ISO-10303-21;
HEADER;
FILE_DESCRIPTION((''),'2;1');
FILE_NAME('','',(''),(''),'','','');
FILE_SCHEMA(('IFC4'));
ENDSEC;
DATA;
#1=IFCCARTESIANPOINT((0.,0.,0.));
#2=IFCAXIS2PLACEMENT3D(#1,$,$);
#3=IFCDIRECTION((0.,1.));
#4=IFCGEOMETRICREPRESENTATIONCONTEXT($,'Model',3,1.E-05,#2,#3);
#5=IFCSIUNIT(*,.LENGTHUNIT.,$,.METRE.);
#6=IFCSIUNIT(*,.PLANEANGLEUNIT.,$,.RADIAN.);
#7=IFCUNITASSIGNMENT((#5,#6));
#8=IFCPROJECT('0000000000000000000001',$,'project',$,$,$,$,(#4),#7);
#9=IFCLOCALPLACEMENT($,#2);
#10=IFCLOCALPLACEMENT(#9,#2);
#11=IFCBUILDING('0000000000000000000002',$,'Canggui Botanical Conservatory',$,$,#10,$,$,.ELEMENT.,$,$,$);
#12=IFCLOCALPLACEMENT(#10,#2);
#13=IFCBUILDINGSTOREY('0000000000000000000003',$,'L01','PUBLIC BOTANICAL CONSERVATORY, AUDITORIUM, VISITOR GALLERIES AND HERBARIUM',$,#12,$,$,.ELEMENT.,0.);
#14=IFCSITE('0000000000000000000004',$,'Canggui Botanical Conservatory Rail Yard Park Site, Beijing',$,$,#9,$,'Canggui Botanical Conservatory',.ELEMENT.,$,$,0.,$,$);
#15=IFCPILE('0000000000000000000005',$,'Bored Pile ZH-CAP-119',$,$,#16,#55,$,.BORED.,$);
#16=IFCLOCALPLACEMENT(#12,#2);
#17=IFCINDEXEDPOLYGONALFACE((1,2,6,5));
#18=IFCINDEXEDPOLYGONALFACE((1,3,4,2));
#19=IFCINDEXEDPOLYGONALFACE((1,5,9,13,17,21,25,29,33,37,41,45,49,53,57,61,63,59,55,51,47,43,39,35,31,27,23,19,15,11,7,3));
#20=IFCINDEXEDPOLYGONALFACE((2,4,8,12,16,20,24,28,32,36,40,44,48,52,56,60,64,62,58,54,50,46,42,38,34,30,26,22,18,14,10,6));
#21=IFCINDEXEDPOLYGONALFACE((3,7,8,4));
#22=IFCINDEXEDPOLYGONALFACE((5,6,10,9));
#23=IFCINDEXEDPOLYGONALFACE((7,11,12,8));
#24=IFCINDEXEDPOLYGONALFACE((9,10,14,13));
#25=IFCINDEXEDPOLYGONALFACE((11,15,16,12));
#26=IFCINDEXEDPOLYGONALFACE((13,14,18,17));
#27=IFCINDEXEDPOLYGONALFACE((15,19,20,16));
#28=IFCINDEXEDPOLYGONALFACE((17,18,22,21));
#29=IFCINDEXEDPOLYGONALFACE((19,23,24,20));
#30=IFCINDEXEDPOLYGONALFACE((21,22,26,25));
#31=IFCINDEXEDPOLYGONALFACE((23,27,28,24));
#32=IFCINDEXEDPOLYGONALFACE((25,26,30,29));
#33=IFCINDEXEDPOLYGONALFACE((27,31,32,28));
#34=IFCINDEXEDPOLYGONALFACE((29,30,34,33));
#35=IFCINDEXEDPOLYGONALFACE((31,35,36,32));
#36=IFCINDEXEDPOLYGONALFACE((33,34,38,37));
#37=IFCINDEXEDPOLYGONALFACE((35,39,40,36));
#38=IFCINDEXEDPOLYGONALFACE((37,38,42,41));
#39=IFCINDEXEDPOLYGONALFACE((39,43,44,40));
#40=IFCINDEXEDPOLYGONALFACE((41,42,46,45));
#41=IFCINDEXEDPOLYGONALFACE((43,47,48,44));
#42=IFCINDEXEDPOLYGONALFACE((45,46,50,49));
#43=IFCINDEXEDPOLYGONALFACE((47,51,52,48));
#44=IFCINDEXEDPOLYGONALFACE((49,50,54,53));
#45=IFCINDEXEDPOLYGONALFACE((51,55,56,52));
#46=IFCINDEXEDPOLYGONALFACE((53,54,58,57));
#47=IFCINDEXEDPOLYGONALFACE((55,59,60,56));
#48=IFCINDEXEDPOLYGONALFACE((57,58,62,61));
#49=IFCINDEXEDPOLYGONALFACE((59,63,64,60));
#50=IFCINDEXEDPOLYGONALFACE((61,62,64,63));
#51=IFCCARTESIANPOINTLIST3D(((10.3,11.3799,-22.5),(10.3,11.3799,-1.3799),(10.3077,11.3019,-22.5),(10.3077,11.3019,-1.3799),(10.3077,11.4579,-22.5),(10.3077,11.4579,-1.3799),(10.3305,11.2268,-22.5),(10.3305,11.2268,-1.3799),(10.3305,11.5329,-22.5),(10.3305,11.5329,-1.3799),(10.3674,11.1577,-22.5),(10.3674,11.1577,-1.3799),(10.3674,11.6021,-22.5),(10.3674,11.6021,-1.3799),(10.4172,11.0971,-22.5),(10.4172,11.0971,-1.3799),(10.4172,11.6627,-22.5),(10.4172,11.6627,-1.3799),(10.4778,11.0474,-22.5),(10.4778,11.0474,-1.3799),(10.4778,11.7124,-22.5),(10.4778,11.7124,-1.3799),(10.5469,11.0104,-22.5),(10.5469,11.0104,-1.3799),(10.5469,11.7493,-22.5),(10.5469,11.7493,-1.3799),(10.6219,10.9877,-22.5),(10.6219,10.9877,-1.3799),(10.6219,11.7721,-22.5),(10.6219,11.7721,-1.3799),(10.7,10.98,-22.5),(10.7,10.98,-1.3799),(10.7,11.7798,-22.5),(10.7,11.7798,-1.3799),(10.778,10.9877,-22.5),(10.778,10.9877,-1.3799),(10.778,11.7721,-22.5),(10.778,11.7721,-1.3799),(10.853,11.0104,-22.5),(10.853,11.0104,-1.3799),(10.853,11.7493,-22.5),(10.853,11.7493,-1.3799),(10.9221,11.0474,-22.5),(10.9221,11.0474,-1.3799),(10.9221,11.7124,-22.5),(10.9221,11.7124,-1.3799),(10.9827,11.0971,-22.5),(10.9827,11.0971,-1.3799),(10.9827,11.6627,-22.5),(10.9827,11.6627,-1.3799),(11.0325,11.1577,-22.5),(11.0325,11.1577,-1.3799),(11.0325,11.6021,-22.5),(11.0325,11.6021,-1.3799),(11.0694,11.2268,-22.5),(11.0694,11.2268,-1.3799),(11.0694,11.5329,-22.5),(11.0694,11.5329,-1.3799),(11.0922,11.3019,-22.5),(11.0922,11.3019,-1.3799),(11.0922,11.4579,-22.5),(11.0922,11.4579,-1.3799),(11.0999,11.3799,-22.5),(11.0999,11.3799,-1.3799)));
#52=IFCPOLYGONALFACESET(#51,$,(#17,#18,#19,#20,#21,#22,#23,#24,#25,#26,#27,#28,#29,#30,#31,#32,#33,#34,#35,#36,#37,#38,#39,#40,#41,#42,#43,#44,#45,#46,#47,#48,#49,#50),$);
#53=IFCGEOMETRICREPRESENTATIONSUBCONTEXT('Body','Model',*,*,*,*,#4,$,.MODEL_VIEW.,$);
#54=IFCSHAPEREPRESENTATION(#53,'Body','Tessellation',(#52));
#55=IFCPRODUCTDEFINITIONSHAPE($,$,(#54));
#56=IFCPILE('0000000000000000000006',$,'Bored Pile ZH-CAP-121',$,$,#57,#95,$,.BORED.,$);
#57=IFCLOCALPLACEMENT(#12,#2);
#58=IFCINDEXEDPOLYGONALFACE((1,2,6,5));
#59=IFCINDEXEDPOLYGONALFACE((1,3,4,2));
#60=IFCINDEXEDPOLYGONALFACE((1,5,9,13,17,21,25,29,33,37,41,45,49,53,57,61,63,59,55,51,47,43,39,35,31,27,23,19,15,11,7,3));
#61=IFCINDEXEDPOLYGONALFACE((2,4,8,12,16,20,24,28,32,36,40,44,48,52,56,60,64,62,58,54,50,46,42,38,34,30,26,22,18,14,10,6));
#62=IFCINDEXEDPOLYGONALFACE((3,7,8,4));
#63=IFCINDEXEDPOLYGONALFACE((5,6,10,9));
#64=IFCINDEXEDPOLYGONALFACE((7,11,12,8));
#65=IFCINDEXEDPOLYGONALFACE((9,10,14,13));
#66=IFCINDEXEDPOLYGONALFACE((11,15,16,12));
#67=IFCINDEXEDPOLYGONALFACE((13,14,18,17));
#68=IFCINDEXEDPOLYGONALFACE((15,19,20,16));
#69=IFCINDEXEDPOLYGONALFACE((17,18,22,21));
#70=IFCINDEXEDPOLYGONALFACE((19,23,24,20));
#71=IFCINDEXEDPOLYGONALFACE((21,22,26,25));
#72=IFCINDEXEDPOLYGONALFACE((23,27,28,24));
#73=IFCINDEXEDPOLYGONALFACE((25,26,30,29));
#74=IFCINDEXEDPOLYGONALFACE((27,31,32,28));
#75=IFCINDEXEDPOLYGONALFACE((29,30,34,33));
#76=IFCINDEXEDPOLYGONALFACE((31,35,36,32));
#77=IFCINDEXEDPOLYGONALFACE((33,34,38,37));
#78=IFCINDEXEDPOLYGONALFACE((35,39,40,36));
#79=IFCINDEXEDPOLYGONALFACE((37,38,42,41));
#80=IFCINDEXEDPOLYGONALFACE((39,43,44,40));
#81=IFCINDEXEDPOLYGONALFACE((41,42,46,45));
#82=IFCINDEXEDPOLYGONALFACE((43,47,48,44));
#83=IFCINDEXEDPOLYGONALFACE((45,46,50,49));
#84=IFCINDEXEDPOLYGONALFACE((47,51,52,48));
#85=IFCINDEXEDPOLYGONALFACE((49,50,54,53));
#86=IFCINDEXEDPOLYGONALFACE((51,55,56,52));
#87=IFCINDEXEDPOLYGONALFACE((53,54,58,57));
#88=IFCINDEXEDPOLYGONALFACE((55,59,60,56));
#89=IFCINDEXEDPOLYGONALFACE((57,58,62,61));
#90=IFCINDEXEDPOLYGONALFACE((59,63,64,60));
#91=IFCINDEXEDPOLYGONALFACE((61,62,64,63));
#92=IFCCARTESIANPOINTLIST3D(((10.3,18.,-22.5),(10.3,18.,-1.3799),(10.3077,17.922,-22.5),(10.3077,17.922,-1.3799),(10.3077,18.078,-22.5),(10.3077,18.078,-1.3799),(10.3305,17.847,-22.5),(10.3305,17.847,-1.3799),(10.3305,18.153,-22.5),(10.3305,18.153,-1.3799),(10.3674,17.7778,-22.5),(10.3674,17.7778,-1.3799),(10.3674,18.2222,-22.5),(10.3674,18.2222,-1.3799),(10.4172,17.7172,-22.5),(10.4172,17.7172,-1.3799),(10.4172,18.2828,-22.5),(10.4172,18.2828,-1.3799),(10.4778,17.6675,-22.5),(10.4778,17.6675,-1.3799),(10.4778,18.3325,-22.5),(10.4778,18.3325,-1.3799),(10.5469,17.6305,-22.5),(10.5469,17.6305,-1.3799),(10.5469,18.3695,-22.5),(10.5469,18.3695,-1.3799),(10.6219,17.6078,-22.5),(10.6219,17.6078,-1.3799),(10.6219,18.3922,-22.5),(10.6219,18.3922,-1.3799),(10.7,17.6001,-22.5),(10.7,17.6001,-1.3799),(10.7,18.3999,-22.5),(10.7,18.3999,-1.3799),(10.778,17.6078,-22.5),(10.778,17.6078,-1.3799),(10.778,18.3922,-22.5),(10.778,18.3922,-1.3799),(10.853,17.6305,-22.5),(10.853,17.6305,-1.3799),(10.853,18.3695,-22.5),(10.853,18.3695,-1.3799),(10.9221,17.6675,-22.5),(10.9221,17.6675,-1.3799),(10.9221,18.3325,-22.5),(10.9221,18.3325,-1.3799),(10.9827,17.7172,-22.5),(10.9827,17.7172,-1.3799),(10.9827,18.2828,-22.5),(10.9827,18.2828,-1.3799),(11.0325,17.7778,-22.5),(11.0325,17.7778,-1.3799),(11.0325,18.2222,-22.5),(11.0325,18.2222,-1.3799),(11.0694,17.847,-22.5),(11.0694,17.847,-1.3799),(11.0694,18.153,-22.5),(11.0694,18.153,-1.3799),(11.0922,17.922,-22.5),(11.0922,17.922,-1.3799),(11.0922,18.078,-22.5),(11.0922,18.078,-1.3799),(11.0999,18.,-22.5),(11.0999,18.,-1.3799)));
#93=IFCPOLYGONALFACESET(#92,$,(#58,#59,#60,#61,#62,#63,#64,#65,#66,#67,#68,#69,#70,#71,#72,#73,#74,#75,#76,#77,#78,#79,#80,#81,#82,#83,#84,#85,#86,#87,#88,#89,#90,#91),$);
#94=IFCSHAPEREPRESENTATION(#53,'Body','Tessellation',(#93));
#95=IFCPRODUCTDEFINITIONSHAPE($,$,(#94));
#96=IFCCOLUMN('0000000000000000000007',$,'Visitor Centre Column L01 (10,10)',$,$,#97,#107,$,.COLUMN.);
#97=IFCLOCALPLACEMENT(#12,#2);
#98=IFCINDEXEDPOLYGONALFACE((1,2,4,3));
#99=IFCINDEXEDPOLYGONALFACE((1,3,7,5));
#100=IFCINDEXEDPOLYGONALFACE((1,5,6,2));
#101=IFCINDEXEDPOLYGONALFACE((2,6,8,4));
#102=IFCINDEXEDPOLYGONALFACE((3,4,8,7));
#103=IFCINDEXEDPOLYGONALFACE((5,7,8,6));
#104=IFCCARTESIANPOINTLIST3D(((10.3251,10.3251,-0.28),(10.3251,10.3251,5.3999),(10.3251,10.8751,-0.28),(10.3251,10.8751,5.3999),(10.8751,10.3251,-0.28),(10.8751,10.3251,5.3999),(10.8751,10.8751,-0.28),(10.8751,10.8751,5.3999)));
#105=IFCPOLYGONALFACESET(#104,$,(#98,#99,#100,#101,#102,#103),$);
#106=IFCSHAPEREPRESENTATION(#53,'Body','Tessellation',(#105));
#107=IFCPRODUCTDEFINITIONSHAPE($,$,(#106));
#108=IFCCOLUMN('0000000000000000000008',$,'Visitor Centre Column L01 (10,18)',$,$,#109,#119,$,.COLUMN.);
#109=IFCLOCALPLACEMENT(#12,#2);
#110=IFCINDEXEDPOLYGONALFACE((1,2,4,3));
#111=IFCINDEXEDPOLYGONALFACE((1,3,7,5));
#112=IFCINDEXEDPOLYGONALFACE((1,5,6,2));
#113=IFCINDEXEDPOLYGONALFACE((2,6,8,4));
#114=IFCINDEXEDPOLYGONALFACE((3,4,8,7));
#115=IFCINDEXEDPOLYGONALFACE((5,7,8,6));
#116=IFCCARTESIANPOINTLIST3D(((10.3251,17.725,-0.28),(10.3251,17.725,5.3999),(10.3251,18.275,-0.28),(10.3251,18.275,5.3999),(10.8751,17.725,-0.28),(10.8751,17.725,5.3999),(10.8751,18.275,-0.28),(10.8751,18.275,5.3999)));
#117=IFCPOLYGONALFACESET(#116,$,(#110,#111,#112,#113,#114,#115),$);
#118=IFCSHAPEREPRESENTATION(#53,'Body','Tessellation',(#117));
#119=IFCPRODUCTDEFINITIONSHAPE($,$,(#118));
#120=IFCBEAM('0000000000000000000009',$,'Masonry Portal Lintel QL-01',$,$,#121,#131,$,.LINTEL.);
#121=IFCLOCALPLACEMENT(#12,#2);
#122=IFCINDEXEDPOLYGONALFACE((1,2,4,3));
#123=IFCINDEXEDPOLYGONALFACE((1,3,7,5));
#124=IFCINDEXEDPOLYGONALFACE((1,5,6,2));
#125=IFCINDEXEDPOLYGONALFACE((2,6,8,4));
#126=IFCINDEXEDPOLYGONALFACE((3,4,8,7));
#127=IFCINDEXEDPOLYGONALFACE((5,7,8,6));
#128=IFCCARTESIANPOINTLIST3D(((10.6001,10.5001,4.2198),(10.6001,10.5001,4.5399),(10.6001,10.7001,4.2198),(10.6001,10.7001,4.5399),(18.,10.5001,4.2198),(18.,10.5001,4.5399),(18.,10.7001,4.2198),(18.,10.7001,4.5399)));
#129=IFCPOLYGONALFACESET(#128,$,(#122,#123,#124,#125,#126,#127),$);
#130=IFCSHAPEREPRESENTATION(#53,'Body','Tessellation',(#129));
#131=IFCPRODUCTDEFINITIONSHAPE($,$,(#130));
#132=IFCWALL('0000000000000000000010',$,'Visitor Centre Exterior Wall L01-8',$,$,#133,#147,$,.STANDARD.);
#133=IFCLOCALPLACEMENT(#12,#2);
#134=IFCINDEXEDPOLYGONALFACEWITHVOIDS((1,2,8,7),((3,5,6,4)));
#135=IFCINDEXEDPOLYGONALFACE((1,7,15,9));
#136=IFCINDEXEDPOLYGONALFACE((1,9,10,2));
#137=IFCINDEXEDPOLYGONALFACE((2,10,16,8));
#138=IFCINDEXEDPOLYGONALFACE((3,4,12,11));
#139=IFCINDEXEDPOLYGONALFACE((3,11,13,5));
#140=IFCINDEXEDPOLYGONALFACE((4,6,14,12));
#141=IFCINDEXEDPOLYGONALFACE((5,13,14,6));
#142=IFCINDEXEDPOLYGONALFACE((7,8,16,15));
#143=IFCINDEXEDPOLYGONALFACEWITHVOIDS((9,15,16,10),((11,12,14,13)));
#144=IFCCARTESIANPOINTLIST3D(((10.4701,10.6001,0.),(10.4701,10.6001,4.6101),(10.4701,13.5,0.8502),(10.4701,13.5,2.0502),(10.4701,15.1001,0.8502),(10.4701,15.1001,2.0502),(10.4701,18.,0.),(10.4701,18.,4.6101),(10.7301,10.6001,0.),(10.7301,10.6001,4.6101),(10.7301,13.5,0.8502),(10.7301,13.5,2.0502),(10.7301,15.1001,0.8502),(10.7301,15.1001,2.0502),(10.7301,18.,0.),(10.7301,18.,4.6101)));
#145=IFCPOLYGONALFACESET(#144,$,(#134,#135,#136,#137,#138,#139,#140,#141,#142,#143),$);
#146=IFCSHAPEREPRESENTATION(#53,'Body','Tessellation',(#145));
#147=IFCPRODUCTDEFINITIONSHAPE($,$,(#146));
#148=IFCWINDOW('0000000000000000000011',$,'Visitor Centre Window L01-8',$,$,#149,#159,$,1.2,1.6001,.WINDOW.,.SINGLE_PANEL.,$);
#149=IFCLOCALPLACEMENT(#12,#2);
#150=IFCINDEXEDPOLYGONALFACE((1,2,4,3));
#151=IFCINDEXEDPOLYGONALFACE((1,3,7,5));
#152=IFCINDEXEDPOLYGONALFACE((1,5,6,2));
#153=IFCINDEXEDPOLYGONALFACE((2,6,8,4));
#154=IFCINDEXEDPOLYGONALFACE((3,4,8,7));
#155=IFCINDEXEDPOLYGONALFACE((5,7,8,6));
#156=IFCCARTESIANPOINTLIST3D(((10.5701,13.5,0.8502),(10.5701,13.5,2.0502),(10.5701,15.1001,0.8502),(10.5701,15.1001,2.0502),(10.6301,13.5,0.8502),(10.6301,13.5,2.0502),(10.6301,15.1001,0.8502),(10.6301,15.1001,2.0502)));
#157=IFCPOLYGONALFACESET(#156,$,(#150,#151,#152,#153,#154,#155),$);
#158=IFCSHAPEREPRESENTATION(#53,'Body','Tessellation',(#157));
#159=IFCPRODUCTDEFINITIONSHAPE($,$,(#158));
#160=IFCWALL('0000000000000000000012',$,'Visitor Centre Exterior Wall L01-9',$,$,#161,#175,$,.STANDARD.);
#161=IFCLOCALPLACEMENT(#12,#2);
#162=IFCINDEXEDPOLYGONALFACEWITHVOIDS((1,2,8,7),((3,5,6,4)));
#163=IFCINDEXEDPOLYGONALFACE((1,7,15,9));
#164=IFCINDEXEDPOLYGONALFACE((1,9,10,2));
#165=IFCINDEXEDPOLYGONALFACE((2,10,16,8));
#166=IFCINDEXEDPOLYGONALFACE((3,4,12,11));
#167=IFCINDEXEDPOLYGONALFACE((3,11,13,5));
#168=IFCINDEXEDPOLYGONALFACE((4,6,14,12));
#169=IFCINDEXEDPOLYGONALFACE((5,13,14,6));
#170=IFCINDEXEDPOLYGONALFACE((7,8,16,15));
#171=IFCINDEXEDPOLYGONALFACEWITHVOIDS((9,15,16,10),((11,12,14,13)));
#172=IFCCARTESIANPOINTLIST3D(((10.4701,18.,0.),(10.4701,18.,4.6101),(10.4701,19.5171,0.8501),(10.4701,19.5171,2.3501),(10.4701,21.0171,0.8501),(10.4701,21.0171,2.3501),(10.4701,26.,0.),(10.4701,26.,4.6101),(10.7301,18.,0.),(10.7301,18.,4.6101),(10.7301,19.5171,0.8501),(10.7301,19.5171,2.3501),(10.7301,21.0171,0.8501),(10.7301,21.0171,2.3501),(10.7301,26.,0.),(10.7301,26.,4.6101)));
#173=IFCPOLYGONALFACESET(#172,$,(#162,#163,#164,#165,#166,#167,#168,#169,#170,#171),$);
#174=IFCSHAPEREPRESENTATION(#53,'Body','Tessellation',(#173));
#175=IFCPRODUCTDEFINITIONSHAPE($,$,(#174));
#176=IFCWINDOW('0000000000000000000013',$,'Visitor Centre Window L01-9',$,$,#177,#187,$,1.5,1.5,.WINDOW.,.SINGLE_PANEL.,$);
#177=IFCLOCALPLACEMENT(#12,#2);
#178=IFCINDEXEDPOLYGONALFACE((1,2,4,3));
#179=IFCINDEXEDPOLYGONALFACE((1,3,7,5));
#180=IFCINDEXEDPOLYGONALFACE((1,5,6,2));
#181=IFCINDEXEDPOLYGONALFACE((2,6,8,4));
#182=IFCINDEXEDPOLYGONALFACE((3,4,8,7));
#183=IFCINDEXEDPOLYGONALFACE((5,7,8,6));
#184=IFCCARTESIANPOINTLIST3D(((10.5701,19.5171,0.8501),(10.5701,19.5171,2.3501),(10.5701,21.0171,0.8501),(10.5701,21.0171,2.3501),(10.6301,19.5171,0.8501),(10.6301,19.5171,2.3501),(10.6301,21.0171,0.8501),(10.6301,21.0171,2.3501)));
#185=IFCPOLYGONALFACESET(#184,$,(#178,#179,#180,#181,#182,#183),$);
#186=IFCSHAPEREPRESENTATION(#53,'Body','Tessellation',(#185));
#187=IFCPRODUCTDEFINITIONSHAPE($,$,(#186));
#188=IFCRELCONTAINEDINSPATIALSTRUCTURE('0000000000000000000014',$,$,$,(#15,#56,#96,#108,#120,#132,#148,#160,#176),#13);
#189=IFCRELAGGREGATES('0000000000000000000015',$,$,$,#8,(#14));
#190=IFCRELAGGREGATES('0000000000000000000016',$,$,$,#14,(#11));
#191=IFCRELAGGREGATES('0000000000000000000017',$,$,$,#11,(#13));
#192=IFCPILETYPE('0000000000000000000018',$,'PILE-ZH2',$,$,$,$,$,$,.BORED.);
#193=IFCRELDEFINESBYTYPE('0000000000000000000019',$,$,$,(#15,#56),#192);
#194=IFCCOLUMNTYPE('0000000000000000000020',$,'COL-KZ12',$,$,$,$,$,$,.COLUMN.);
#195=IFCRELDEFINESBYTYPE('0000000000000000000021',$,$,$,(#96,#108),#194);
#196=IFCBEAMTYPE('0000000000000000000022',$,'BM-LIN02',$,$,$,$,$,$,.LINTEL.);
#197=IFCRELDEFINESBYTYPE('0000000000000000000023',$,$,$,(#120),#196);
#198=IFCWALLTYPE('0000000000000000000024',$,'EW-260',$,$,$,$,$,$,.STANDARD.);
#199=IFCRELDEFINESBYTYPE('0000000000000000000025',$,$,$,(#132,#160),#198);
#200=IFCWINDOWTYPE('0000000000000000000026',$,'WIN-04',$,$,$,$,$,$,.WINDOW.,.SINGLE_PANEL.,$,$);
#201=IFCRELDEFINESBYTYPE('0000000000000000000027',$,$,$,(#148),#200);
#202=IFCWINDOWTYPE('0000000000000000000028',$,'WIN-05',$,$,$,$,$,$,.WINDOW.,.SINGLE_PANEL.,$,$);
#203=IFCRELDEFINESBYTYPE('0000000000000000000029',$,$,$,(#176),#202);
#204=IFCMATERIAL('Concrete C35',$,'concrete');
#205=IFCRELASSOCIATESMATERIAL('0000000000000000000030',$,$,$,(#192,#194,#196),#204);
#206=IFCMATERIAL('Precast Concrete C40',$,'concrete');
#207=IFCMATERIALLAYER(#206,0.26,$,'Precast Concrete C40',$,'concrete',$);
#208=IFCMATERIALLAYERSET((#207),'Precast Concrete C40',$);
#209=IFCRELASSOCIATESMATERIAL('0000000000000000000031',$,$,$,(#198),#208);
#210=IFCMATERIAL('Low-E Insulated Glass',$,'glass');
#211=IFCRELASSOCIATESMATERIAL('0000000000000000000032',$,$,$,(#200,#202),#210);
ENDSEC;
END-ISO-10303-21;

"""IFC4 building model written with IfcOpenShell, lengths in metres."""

from ifc_helpers import new_model, si_unit, direction, frame, frame_2d, origin, origin_2d, place, context, subcontext, project, spatial, rectangle, circle, extrude, material, layer, layer_set, material_profile, profile_set, type_object, element, fill, save


model = new_model("IFC4")

# Units and contexts
model_context = context("Model", 3, precision=1e-05, world=origin(), true_north=direction((0.0, 1.0)))
body_context = subcontext(model_context, "Body", "Model", "MODEL_VIEW")
ifc_project = project(units=[si_unit("LENGTHUNIT", "METRE"), si_unit("PLANEANGLEUNIT", "RADIAN")], contexts=[model_context])

# Site, building, storey
site_placement = place(None, origin())
site = spatial("IfcSite", under=ifc_project, at=site_placement, Name="Canggui Botanical Conservatory Rail Yard Park Site, Beijing", LongName="Canggui Botanical Conservatory", CompositionType="ELEMENT", RefElevation=0.0)
building_placement = place(site_placement, origin())
building = spatial("IfcBuilding", under=site, at=building_placement, Name="Canggui Botanical Conservatory", CompositionType="ELEMENT")
storey_placement = place(building_placement, origin())
storey = spatial("IfcBuildingStorey", under=building, at=storey_placement, Name="L01", Description="PUBLIC BOTANICAL CONSERVATORY, AUDITORIUM, VISITOR GALLERIES AND HERBARIUM", CompositionType="ELEMENT", Elevation=0.0)

# Piles
ifc_material_1 = material(Name="Concrete C35", Category="concrete")
ifc_material_profile_1 = material_profile(ifc_material_1, circle(Radius=0.3999, at=origin_2d()), Name="PILE D800")
ifc_profile_set_1 = profile_set([ifc_material_profile_1], Name="Concrete C35")
pile_type = type_object("IfcPileType", Name="PILE-ZH2", PredefinedType="BORED", material=ifc_profile_set_1)
for number, where, z_axis, x_axis, name in (
    (1, (10.7, 11.3799, -1.3799), (0.0, 0.0, -1.0), (1.0, 0.0, 0.0), "Bored Pile ZH-CAP-119"),
    (2, (10.7, 18.0, -1.3799), (0.0, 0.0, -1.0), (1.0, 0.0, 0.0), "Bored Pile ZH-CAP-121"),
):
    element("IfcPile", number, at=place(storey_placement, frame(where, z_axis=z_axis, x_axis=x_axis)), inside=storey, type_object=pile_type, Name=name, PredefinedType="BORED", context=body_context, shape_type="SweptSolid", body=[
        extrude(circle(Radius=0.3999, at=origin_2d()), origin(), (0.0, 0.0, 1.0), 21.1201),
    ])

# Columns
ifc_material_profile_2 = material_profile(ifc_material_1, rectangle(XDim=0.55, YDim=0.55, at=origin_2d()), Name="RC 550x550")
ifc_profile_set_2 = profile_set([ifc_material_profile_2], Name="Concrete C35")
column_type = type_object("IfcColumnType", Name="COL-KZ12", PredefinedType="COLUMN", material=ifc_profile_set_2)
for number, where, z_axis, x_axis, name in (
    (3, (10.6001, 10.6001, -0.28), (0.0, 0.0, 1.0), (1.0, 0.0, 0.0), "Visitor Centre Column L01 (10,10)"),
    (4, (10.6001, 18.0, -0.28), (0.0, 0.0, 1.0), (1.0, 0.0, 0.0), "Visitor Centre Column L01 (10,18)"),
):
    element("IfcColumn", number, at=place(storey_placement, frame(where, z_axis=z_axis, x_axis=x_axis)), inside=storey, type_object=column_type, Name=name, PredefinedType="COLUMN", context=body_context, shape_type="SweptSolid", body=[
        extrude(rectangle(XDim=0.55, YDim=0.55, at=origin_2d()), origin(), (0.0, 0.0, 1.0), 5.6799),
    ])

# Beam
ifc_material_profile_3 = material_profile(ifc_material_1, rectangle(XDim=0.2, YDim=0.3201, at=origin_2d()), Name="RB 200x320")
ifc_profile_set_3 = profile_set([ifc_material_profile_3], Name="Concrete C35")
beam_type = type_object("IfcBeamType", Name="BM-LIN02", PredefinedType="LINTEL", material=ifc_profile_set_3)
beam_placement = place(storey_placement, frame((10.6001, 10.6001, 4.3799), z_axis=(1.0, 0.0, 0.0), x_axis=(0.0, 1.0, 0.0)))
element("IfcBeam", 5, at=beam_placement, inside=storey, type_object=beam_type, Name="Masonry Portal Lintel QL-01", PredefinedType="LINTEL", context=body_context, shape_type="SweptSolid", body=[
    extrude(rectangle(XDim=0.2, YDim=0.3201, at=origin_2d()), origin(), (0.0, 0.0, 1.0), 7.3999),
])

# Walls, openings, windows
ifc_material_2 = material(Name="Precast Concrete C40", Category="concrete")
ifc_layer_1 = layer(ifc_material_2, 0.26, Name="Precast Concrete C40", Category="concrete")
ifc_layer_set_1 = layer_set([ifc_layer_1], Name="Precast Concrete C40")
wall_type = type_object("IfcWallType", Name="EW-260", PredefinedType="STANDARD", material=ifc_layer_set_1)
wall_1_placement = place(storey_placement, frame((10.6001, 10.6001, 0.0), z_axis=(0.0, 0.0, 1.0), x_axis=(0.0, 1.0, 0.0)))
wall_1 = element("IfcWall", 6, at=wall_1_placement, inside=storey, type_object=wall_type, Name="Visitor Centre Exterior Wall L01-8", PredefinedType="STANDARD", context=body_context, shape_type="SweptSolid", body=[
    extrude(rectangle(XDim=7.3999, YDim=0.26, at=frame_2d((3.7, 0.0))), origin(), (0.0, 0.0, 1.0), 4.6101),
])
opening_1_placement = place(wall_1_placement, frame((2.8999, 0.0, 0.8501)))
opening_1 = element("IfcOpeningElement", 7, at=opening_1_placement, cuts=wall_1, PredefinedType="OPENING", context=body_context, shape_type="SweptSolid", body=[
    extrude(rectangle(XDim=1.6001, YDim=1.2, at=frame_2d((0.8, 0.6001))), frame((0.0, 0.1401, 0.0), z_axis=(0.0, -1.0, 0.0), x_axis=(1.0, 0.0, 0.0)), (0.0, 0.0, 1.0), 0.28),
])
ifc_material_3 = material(Name="Low-E Insulated Glass", Category="glass")
window_type_1 = type_object("IfcWindowType", Name="WIN-04", PartitioningType="SINGLE_PANEL", PredefinedType="WINDOW", material=ifc_material_3)
window_1_placement = place(opening_1_placement, origin())
window_1 = element("IfcWindow", 8, at=window_1_placement, inside=storey, type_object=window_type_1, Name="Visitor Centre Window L01-8", OverallHeight=1.2, OverallWidth=1.6001, PartitioningType="SINGLE_PANEL", PredefinedType="WINDOW", context=body_context, shape_type="SweptSolid", body=[
    extrude(rectangle(XDim=1.6001, YDim=1.2, at=frame_2d((0.8, 0.6001))), frame((0.0, 0.03, 0.0), z_axis=(0.0, -1.0, 0.0), x_axis=(1.0, 0.0, 0.0)), (0.0, 0.0, 1.0), 0.0601),
])
fill(opening_1, window_1)
wall_2_placement = place(storey_placement, frame((10.6001, 18.0, 0.0), z_axis=(0.0, 0.0, 1.0), x_axis=(0.0, 1.0, 0.0)))
wall_2 = element("IfcWall", 9, at=wall_2_placement, inside=storey, type_object=wall_type, Name="Visitor Centre Exterior Wall L01-9", PredefinedType="STANDARD", context=body_context, shape_type="SweptSolid", body=[
    extrude(rectangle(XDim=8.0, YDim=0.26, at=frame_2d((4.0, 0.0))), origin(), (0.0, 0.0, 1.0), 4.6101),
])
opening_2_placement = place(wall_2_placement, frame((1.5171, 0.0, 0.8501)))
opening_2 = element("IfcOpeningElement", 10, at=opening_2_placement, cuts=wall_2, PredefinedType="OPENING", context=body_context, shape_type="SweptSolid", body=[
    extrude(rectangle(XDim=1.5, YDim=1.5, at=frame_2d((0.75, 0.75))), frame((0.0, 0.1401, 0.0), z_axis=(0.0, -1.0, 0.0), x_axis=(1.0, 0.0, 0.0)), (0.0, 0.0, 1.0), 0.28),
])
window_type_2 = type_object("IfcWindowType", Name="WIN-05", PartitioningType="SINGLE_PANEL", PredefinedType="WINDOW", material=ifc_material_3)
window_2_placement = place(opening_2_placement, origin())
window_2 = element("IfcWindow", 11, at=window_2_placement, inside=storey, type_object=window_type_2, Name="Visitor Centre Window L01-9", OverallHeight=1.5, OverallWidth=1.5, PartitioningType="SINGLE_PANEL", PredefinedType="WINDOW", context=body_context, shape_type="SweptSolid", body=[
    extrude(rectangle(XDim=1.5, YDim=1.5, at=frame_2d((0.75, 0.75))), frame((0.0, 0.03, 0.0), z_axis=(0.0, -1.0, 0.0), x_axis=(1.0, 0.0, 0.0)), (0.0, 0.0, 1.0), 0.0601),
])
fill(opening_2, window_2)

save(model, "model.ifc")
